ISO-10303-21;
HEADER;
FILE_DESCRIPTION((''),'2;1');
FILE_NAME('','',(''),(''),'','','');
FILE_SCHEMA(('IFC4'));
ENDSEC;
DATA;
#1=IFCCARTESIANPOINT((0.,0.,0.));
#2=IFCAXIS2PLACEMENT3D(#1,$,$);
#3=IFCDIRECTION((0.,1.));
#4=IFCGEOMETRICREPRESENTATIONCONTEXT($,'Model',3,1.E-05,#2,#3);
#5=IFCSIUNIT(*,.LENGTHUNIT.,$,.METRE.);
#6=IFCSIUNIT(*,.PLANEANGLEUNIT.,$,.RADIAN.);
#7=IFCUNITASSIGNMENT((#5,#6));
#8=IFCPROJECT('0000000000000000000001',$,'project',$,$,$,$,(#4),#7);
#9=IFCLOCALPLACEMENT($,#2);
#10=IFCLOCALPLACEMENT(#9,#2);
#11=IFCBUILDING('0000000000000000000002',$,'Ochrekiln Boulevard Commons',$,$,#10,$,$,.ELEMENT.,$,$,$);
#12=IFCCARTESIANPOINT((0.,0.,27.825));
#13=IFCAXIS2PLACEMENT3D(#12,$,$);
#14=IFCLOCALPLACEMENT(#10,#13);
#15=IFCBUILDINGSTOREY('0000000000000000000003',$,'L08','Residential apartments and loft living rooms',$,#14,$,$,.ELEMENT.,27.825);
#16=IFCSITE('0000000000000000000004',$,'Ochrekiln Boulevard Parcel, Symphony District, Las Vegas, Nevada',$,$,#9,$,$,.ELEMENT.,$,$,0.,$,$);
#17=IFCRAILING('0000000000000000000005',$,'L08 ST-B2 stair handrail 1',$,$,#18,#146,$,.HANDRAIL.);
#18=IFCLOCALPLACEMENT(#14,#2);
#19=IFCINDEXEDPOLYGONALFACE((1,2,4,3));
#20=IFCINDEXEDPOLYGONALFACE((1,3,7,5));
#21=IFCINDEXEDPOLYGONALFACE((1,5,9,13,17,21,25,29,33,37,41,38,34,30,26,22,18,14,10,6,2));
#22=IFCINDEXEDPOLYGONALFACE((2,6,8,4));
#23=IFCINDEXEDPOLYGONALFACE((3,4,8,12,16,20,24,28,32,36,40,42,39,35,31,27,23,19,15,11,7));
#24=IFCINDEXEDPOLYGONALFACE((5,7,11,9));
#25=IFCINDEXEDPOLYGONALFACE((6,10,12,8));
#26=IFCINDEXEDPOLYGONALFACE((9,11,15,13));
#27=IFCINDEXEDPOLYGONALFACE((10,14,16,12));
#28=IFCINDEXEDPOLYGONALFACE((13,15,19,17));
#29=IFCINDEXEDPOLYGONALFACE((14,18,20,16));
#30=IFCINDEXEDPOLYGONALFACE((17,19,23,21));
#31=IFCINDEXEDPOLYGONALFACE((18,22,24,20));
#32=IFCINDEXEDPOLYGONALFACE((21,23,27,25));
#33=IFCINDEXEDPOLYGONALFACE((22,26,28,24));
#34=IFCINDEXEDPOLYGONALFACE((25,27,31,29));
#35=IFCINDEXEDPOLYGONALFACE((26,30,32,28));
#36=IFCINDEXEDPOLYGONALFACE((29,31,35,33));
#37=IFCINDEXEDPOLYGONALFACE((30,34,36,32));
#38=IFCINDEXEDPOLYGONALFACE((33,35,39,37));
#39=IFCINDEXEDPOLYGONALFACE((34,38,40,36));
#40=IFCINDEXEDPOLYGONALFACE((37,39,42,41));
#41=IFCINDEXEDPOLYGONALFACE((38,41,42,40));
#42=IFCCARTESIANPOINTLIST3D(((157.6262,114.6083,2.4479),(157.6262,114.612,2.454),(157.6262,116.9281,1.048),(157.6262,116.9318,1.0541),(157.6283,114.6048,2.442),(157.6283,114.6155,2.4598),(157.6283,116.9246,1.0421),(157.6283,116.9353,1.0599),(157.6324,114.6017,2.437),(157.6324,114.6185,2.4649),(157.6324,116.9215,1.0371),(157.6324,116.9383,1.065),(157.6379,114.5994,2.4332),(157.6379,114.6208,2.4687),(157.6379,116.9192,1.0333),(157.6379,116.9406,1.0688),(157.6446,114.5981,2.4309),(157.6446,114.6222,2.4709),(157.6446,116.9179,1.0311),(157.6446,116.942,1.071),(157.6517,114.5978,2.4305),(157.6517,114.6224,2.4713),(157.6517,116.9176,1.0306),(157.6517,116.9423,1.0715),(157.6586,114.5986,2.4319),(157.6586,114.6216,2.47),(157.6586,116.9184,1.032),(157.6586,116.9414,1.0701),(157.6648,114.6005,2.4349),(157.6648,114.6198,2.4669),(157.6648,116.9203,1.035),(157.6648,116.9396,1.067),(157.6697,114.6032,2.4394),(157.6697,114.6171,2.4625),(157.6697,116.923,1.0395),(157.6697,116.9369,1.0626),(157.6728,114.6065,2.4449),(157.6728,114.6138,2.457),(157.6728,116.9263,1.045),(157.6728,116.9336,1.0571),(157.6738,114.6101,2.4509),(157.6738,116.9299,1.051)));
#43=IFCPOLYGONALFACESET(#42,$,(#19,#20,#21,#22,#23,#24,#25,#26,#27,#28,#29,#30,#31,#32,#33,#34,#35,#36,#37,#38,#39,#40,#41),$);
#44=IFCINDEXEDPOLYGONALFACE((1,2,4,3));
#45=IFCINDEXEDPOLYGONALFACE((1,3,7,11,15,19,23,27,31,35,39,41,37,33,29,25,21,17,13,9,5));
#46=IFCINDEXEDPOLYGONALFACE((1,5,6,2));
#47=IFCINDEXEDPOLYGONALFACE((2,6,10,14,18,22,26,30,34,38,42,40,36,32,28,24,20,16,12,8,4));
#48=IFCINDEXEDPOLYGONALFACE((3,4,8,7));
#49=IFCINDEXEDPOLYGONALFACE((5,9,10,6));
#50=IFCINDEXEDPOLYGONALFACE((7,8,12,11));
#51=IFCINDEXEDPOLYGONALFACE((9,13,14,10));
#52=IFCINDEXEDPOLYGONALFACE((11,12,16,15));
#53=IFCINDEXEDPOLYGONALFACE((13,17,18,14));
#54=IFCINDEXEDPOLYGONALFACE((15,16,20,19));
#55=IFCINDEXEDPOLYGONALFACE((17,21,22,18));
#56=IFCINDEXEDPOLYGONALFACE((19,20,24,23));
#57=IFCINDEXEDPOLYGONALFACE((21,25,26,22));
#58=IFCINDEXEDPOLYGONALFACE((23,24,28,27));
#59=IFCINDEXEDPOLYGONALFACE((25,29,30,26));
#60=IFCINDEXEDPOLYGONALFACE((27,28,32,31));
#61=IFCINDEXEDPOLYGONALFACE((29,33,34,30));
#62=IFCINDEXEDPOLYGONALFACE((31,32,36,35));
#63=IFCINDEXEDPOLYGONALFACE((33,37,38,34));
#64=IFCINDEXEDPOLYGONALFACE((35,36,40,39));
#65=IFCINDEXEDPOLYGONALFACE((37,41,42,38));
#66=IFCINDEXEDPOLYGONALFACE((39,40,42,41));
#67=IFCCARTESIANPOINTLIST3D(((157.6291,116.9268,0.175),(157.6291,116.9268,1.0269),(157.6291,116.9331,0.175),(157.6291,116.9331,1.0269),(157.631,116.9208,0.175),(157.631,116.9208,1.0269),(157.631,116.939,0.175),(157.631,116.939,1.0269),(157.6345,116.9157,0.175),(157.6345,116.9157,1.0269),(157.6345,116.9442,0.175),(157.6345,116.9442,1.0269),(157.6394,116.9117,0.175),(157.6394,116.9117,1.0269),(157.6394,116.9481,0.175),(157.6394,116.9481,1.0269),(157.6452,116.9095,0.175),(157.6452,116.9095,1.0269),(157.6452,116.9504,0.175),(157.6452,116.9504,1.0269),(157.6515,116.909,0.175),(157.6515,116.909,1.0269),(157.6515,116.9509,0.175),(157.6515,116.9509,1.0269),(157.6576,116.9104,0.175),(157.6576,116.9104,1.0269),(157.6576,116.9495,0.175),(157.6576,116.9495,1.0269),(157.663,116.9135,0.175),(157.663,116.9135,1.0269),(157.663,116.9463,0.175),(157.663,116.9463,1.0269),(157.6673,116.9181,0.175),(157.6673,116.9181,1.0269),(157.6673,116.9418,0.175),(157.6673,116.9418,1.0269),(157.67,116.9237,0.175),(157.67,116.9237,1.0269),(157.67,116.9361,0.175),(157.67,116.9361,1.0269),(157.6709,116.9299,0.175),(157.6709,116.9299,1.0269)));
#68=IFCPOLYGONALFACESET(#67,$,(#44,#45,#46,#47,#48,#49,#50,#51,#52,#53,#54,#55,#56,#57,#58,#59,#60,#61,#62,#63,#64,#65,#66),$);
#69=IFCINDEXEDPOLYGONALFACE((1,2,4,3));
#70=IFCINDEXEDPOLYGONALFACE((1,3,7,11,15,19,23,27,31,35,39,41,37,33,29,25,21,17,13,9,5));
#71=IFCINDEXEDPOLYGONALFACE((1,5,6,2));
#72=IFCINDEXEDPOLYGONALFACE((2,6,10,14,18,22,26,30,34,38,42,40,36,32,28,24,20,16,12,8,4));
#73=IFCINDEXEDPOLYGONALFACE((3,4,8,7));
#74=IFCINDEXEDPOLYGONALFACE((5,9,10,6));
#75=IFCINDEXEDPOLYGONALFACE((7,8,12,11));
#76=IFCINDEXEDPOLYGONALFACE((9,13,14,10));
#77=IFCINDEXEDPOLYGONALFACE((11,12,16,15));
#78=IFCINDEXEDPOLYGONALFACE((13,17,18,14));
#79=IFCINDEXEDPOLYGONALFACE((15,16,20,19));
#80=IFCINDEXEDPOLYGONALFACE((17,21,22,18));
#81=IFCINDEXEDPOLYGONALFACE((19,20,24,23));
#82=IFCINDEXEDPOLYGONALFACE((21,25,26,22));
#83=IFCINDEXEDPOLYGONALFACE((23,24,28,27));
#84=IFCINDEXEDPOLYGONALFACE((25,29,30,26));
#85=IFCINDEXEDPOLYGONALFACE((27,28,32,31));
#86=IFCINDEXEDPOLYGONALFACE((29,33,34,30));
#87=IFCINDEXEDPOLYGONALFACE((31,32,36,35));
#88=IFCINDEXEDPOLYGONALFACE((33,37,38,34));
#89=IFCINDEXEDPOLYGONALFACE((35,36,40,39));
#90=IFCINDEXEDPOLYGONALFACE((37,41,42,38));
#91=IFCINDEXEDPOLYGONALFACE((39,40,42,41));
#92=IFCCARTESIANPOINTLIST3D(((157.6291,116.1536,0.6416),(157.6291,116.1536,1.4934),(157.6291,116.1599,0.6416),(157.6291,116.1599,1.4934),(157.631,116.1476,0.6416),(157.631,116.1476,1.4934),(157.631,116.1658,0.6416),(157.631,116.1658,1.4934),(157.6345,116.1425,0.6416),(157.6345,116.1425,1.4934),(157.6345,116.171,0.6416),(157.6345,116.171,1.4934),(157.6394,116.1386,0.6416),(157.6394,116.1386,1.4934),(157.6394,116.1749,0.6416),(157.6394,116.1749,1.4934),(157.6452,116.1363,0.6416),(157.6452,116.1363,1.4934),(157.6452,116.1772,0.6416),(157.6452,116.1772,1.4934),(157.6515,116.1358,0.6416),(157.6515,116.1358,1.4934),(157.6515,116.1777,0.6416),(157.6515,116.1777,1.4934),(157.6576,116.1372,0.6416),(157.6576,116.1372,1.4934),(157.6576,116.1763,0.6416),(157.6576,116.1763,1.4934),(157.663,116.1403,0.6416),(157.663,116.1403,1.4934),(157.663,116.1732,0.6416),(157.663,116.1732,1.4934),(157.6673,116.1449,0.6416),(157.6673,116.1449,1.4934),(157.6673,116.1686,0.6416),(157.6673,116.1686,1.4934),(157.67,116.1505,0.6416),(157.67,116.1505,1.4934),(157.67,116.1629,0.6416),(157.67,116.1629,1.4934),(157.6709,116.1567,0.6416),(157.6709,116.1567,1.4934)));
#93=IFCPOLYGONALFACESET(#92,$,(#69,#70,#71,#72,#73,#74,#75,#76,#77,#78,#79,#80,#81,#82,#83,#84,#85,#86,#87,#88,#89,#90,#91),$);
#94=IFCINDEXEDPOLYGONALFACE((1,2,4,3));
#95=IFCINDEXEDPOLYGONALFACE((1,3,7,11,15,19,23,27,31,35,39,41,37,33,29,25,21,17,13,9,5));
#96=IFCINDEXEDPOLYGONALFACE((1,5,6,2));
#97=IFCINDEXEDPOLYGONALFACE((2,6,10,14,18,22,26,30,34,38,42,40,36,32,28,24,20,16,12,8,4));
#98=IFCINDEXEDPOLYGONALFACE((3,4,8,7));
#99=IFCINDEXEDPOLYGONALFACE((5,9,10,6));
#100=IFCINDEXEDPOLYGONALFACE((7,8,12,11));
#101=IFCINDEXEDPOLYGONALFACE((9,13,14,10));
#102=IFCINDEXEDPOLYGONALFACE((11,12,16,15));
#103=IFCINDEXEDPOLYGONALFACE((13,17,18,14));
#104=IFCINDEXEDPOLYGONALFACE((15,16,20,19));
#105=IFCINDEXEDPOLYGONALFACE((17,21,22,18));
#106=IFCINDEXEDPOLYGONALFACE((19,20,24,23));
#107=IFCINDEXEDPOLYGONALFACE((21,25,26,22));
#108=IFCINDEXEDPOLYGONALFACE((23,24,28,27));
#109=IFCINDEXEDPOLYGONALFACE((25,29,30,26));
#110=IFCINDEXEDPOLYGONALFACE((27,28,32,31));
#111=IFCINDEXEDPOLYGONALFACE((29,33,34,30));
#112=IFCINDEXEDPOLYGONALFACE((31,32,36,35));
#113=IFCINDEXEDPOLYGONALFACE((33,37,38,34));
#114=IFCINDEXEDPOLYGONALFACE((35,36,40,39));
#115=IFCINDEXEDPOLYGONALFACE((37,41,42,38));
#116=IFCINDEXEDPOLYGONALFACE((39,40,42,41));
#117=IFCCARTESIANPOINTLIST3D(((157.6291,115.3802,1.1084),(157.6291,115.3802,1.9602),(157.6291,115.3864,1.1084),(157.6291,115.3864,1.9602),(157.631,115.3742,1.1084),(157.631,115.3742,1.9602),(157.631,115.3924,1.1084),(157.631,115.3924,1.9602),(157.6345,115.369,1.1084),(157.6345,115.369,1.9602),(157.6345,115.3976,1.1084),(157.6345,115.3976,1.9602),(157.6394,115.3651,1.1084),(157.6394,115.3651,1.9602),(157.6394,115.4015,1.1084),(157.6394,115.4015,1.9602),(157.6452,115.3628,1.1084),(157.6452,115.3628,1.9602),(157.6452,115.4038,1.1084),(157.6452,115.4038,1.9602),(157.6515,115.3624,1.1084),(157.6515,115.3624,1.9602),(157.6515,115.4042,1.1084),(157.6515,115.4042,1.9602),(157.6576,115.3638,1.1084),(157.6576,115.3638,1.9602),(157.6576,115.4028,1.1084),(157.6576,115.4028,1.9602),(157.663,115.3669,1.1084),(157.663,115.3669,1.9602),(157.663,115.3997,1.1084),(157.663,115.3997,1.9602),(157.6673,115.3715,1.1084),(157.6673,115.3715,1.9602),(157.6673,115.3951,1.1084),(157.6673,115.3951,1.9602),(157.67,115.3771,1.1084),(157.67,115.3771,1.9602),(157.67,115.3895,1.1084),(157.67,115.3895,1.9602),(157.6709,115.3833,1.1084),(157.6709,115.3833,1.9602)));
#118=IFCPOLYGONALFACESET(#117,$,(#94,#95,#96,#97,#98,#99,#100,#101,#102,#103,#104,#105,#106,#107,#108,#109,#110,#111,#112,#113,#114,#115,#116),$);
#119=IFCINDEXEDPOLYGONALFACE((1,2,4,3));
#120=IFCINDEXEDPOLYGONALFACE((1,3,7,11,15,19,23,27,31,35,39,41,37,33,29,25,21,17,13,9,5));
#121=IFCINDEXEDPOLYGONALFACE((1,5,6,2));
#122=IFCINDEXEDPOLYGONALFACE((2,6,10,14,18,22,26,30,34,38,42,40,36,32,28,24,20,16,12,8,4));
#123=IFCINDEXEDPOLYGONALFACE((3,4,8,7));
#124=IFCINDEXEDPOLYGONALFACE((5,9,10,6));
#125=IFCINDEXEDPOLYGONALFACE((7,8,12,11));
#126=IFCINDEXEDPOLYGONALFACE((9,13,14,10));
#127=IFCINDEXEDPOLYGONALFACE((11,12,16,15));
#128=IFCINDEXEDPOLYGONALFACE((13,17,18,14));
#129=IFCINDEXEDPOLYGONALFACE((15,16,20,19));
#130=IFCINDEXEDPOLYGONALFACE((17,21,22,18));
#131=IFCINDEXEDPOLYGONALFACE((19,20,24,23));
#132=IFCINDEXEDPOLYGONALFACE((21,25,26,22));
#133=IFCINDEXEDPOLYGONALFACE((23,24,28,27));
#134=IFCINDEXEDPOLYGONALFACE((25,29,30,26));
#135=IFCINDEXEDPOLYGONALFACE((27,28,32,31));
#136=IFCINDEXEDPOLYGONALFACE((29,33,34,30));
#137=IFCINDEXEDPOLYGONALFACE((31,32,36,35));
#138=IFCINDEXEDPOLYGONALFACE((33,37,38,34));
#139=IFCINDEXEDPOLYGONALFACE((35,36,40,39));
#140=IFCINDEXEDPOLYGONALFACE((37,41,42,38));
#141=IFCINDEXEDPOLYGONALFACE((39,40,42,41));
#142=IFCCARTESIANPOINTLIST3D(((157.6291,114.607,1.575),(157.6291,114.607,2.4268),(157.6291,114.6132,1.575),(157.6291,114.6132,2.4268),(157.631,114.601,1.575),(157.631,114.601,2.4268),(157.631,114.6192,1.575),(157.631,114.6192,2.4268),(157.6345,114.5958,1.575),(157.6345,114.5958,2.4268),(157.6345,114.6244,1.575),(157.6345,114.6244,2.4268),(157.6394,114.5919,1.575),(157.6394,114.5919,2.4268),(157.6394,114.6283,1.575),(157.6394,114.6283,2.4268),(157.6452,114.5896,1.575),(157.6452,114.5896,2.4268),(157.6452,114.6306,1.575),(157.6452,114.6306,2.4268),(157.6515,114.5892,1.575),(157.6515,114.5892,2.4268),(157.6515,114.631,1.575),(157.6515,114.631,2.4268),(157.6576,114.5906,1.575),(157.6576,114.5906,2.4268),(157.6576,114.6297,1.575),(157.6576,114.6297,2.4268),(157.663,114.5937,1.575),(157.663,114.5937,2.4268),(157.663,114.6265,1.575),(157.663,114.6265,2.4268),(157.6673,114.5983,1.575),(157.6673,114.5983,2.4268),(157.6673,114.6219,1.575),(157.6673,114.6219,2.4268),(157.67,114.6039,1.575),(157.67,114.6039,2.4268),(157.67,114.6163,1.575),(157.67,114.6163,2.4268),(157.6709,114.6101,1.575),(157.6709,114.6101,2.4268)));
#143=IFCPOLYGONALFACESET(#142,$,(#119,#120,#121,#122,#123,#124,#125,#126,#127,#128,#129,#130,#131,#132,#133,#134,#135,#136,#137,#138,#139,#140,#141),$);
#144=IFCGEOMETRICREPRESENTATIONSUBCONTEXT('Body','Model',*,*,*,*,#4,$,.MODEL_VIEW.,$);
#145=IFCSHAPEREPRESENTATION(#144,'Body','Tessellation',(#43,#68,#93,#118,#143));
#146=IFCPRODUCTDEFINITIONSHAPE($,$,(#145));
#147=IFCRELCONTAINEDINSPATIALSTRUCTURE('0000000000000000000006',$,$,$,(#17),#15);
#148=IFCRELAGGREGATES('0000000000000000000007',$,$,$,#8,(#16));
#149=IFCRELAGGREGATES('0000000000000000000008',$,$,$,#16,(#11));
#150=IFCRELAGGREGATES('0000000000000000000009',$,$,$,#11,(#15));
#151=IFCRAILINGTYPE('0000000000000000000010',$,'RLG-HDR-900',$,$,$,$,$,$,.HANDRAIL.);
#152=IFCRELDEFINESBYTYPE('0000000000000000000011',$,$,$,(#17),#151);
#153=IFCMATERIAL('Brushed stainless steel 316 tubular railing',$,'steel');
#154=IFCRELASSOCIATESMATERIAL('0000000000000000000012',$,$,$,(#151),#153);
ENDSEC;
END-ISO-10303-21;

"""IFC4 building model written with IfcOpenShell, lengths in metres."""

from ifc_helpers import new_model, si_unit, direction, frame, origin, origin_2d, place, context, subcontext, project, spatial, circle, extrude, material, type_object, element, save


model = new_model("IFC4")

# Units and contexts
model_context = context("Model", 3, precision=1e-05, world=origin(), true_north=direction((0.0, 1.0)))
body_context = subcontext(model_context, "Body", "Model", "MODEL_VIEW")
ifc_project = project(units=[si_unit("LENGTHUNIT", "METRE"), si_unit("PLANEANGLEUNIT", "RADIAN")], contexts=[model_context])

# Site, building, storey
site_placement = place(None, origin())
site = spatial("IfcSite", under=ifc_project, at=site_placement, Name="Ochrekiln Boulevard Parcel, Symphony District, Las Vegas, Nevada", CompositionType="ELEMENT", RefElevation=0.0)
building_placement = place(site_placement, origin())
building = spatial("IfcBuilding", under=site, at=building_placement, Name="Ochrekiln Boulevard Commons", CompositionType="ELEMENT")
storey_placement = place(building_placement, frame((0.0, 0.0, 27.825)))
storey = spatial("IfcBuildingStorey", under=building, at=storey_placement, Name="L08", Description="Residential apartments and loft living rooms", CompositionType="ELEMENT", Elevation=27.825)

# Railing
ifc_material_1 = material(Name="Brushed stainless steel 316 tubular railing", Category="steel")
railing_type_1 = type_object("IfcRailingType", Name="RLG-HDR-900", PredefinedType="HANDRAIL", material=ifc_material_1)
railing_1_placement = place(storey_placement, frame((157.6499, 116.9299, 0.175)))
element("IfcRailing", 1, at=railing_1_placement, inside=storey, type_object=railing_type_1, Name="L08 ST-B2 stair handrail 1", PredefinedType="HANDRAIL", context=body_context, shape_type="SweptSolid", body=[
    extrude(circle(Radius=0.0239, at=origin_2d()), frame((0.0, 0.0, 0.876), z_axis=(0.0, -0.856186, 0.516667), x_axis=(1.0, 0.0, 0.0)), (0.0, 0.0, 1.0), 2.7095),
    extrude(circle(Radius=0.021, at=origin_2d()), origin(), (0.0, 0.0, 1.0), 0.8518),
    extrude(circle(Radius=0.021, at=origin_2d()), frame((0.0, -0.7732, 0.4666)), (0.0, 0.0, 1.0), 0.8518),
    extrude(circle(Radius=0.021, at=origin_2d()), frame((0.0, -1.5466, 0.9333)), (0.0, 0.0, 1.0), 0.8518),
    extrude(circle(Radius=0.021, at=origin_2d()), frame((0.0, -2.3198, 1.3999)), (0.0, 0.0, 1.0), 0.8518),
])

save(model, "model.ifc")
